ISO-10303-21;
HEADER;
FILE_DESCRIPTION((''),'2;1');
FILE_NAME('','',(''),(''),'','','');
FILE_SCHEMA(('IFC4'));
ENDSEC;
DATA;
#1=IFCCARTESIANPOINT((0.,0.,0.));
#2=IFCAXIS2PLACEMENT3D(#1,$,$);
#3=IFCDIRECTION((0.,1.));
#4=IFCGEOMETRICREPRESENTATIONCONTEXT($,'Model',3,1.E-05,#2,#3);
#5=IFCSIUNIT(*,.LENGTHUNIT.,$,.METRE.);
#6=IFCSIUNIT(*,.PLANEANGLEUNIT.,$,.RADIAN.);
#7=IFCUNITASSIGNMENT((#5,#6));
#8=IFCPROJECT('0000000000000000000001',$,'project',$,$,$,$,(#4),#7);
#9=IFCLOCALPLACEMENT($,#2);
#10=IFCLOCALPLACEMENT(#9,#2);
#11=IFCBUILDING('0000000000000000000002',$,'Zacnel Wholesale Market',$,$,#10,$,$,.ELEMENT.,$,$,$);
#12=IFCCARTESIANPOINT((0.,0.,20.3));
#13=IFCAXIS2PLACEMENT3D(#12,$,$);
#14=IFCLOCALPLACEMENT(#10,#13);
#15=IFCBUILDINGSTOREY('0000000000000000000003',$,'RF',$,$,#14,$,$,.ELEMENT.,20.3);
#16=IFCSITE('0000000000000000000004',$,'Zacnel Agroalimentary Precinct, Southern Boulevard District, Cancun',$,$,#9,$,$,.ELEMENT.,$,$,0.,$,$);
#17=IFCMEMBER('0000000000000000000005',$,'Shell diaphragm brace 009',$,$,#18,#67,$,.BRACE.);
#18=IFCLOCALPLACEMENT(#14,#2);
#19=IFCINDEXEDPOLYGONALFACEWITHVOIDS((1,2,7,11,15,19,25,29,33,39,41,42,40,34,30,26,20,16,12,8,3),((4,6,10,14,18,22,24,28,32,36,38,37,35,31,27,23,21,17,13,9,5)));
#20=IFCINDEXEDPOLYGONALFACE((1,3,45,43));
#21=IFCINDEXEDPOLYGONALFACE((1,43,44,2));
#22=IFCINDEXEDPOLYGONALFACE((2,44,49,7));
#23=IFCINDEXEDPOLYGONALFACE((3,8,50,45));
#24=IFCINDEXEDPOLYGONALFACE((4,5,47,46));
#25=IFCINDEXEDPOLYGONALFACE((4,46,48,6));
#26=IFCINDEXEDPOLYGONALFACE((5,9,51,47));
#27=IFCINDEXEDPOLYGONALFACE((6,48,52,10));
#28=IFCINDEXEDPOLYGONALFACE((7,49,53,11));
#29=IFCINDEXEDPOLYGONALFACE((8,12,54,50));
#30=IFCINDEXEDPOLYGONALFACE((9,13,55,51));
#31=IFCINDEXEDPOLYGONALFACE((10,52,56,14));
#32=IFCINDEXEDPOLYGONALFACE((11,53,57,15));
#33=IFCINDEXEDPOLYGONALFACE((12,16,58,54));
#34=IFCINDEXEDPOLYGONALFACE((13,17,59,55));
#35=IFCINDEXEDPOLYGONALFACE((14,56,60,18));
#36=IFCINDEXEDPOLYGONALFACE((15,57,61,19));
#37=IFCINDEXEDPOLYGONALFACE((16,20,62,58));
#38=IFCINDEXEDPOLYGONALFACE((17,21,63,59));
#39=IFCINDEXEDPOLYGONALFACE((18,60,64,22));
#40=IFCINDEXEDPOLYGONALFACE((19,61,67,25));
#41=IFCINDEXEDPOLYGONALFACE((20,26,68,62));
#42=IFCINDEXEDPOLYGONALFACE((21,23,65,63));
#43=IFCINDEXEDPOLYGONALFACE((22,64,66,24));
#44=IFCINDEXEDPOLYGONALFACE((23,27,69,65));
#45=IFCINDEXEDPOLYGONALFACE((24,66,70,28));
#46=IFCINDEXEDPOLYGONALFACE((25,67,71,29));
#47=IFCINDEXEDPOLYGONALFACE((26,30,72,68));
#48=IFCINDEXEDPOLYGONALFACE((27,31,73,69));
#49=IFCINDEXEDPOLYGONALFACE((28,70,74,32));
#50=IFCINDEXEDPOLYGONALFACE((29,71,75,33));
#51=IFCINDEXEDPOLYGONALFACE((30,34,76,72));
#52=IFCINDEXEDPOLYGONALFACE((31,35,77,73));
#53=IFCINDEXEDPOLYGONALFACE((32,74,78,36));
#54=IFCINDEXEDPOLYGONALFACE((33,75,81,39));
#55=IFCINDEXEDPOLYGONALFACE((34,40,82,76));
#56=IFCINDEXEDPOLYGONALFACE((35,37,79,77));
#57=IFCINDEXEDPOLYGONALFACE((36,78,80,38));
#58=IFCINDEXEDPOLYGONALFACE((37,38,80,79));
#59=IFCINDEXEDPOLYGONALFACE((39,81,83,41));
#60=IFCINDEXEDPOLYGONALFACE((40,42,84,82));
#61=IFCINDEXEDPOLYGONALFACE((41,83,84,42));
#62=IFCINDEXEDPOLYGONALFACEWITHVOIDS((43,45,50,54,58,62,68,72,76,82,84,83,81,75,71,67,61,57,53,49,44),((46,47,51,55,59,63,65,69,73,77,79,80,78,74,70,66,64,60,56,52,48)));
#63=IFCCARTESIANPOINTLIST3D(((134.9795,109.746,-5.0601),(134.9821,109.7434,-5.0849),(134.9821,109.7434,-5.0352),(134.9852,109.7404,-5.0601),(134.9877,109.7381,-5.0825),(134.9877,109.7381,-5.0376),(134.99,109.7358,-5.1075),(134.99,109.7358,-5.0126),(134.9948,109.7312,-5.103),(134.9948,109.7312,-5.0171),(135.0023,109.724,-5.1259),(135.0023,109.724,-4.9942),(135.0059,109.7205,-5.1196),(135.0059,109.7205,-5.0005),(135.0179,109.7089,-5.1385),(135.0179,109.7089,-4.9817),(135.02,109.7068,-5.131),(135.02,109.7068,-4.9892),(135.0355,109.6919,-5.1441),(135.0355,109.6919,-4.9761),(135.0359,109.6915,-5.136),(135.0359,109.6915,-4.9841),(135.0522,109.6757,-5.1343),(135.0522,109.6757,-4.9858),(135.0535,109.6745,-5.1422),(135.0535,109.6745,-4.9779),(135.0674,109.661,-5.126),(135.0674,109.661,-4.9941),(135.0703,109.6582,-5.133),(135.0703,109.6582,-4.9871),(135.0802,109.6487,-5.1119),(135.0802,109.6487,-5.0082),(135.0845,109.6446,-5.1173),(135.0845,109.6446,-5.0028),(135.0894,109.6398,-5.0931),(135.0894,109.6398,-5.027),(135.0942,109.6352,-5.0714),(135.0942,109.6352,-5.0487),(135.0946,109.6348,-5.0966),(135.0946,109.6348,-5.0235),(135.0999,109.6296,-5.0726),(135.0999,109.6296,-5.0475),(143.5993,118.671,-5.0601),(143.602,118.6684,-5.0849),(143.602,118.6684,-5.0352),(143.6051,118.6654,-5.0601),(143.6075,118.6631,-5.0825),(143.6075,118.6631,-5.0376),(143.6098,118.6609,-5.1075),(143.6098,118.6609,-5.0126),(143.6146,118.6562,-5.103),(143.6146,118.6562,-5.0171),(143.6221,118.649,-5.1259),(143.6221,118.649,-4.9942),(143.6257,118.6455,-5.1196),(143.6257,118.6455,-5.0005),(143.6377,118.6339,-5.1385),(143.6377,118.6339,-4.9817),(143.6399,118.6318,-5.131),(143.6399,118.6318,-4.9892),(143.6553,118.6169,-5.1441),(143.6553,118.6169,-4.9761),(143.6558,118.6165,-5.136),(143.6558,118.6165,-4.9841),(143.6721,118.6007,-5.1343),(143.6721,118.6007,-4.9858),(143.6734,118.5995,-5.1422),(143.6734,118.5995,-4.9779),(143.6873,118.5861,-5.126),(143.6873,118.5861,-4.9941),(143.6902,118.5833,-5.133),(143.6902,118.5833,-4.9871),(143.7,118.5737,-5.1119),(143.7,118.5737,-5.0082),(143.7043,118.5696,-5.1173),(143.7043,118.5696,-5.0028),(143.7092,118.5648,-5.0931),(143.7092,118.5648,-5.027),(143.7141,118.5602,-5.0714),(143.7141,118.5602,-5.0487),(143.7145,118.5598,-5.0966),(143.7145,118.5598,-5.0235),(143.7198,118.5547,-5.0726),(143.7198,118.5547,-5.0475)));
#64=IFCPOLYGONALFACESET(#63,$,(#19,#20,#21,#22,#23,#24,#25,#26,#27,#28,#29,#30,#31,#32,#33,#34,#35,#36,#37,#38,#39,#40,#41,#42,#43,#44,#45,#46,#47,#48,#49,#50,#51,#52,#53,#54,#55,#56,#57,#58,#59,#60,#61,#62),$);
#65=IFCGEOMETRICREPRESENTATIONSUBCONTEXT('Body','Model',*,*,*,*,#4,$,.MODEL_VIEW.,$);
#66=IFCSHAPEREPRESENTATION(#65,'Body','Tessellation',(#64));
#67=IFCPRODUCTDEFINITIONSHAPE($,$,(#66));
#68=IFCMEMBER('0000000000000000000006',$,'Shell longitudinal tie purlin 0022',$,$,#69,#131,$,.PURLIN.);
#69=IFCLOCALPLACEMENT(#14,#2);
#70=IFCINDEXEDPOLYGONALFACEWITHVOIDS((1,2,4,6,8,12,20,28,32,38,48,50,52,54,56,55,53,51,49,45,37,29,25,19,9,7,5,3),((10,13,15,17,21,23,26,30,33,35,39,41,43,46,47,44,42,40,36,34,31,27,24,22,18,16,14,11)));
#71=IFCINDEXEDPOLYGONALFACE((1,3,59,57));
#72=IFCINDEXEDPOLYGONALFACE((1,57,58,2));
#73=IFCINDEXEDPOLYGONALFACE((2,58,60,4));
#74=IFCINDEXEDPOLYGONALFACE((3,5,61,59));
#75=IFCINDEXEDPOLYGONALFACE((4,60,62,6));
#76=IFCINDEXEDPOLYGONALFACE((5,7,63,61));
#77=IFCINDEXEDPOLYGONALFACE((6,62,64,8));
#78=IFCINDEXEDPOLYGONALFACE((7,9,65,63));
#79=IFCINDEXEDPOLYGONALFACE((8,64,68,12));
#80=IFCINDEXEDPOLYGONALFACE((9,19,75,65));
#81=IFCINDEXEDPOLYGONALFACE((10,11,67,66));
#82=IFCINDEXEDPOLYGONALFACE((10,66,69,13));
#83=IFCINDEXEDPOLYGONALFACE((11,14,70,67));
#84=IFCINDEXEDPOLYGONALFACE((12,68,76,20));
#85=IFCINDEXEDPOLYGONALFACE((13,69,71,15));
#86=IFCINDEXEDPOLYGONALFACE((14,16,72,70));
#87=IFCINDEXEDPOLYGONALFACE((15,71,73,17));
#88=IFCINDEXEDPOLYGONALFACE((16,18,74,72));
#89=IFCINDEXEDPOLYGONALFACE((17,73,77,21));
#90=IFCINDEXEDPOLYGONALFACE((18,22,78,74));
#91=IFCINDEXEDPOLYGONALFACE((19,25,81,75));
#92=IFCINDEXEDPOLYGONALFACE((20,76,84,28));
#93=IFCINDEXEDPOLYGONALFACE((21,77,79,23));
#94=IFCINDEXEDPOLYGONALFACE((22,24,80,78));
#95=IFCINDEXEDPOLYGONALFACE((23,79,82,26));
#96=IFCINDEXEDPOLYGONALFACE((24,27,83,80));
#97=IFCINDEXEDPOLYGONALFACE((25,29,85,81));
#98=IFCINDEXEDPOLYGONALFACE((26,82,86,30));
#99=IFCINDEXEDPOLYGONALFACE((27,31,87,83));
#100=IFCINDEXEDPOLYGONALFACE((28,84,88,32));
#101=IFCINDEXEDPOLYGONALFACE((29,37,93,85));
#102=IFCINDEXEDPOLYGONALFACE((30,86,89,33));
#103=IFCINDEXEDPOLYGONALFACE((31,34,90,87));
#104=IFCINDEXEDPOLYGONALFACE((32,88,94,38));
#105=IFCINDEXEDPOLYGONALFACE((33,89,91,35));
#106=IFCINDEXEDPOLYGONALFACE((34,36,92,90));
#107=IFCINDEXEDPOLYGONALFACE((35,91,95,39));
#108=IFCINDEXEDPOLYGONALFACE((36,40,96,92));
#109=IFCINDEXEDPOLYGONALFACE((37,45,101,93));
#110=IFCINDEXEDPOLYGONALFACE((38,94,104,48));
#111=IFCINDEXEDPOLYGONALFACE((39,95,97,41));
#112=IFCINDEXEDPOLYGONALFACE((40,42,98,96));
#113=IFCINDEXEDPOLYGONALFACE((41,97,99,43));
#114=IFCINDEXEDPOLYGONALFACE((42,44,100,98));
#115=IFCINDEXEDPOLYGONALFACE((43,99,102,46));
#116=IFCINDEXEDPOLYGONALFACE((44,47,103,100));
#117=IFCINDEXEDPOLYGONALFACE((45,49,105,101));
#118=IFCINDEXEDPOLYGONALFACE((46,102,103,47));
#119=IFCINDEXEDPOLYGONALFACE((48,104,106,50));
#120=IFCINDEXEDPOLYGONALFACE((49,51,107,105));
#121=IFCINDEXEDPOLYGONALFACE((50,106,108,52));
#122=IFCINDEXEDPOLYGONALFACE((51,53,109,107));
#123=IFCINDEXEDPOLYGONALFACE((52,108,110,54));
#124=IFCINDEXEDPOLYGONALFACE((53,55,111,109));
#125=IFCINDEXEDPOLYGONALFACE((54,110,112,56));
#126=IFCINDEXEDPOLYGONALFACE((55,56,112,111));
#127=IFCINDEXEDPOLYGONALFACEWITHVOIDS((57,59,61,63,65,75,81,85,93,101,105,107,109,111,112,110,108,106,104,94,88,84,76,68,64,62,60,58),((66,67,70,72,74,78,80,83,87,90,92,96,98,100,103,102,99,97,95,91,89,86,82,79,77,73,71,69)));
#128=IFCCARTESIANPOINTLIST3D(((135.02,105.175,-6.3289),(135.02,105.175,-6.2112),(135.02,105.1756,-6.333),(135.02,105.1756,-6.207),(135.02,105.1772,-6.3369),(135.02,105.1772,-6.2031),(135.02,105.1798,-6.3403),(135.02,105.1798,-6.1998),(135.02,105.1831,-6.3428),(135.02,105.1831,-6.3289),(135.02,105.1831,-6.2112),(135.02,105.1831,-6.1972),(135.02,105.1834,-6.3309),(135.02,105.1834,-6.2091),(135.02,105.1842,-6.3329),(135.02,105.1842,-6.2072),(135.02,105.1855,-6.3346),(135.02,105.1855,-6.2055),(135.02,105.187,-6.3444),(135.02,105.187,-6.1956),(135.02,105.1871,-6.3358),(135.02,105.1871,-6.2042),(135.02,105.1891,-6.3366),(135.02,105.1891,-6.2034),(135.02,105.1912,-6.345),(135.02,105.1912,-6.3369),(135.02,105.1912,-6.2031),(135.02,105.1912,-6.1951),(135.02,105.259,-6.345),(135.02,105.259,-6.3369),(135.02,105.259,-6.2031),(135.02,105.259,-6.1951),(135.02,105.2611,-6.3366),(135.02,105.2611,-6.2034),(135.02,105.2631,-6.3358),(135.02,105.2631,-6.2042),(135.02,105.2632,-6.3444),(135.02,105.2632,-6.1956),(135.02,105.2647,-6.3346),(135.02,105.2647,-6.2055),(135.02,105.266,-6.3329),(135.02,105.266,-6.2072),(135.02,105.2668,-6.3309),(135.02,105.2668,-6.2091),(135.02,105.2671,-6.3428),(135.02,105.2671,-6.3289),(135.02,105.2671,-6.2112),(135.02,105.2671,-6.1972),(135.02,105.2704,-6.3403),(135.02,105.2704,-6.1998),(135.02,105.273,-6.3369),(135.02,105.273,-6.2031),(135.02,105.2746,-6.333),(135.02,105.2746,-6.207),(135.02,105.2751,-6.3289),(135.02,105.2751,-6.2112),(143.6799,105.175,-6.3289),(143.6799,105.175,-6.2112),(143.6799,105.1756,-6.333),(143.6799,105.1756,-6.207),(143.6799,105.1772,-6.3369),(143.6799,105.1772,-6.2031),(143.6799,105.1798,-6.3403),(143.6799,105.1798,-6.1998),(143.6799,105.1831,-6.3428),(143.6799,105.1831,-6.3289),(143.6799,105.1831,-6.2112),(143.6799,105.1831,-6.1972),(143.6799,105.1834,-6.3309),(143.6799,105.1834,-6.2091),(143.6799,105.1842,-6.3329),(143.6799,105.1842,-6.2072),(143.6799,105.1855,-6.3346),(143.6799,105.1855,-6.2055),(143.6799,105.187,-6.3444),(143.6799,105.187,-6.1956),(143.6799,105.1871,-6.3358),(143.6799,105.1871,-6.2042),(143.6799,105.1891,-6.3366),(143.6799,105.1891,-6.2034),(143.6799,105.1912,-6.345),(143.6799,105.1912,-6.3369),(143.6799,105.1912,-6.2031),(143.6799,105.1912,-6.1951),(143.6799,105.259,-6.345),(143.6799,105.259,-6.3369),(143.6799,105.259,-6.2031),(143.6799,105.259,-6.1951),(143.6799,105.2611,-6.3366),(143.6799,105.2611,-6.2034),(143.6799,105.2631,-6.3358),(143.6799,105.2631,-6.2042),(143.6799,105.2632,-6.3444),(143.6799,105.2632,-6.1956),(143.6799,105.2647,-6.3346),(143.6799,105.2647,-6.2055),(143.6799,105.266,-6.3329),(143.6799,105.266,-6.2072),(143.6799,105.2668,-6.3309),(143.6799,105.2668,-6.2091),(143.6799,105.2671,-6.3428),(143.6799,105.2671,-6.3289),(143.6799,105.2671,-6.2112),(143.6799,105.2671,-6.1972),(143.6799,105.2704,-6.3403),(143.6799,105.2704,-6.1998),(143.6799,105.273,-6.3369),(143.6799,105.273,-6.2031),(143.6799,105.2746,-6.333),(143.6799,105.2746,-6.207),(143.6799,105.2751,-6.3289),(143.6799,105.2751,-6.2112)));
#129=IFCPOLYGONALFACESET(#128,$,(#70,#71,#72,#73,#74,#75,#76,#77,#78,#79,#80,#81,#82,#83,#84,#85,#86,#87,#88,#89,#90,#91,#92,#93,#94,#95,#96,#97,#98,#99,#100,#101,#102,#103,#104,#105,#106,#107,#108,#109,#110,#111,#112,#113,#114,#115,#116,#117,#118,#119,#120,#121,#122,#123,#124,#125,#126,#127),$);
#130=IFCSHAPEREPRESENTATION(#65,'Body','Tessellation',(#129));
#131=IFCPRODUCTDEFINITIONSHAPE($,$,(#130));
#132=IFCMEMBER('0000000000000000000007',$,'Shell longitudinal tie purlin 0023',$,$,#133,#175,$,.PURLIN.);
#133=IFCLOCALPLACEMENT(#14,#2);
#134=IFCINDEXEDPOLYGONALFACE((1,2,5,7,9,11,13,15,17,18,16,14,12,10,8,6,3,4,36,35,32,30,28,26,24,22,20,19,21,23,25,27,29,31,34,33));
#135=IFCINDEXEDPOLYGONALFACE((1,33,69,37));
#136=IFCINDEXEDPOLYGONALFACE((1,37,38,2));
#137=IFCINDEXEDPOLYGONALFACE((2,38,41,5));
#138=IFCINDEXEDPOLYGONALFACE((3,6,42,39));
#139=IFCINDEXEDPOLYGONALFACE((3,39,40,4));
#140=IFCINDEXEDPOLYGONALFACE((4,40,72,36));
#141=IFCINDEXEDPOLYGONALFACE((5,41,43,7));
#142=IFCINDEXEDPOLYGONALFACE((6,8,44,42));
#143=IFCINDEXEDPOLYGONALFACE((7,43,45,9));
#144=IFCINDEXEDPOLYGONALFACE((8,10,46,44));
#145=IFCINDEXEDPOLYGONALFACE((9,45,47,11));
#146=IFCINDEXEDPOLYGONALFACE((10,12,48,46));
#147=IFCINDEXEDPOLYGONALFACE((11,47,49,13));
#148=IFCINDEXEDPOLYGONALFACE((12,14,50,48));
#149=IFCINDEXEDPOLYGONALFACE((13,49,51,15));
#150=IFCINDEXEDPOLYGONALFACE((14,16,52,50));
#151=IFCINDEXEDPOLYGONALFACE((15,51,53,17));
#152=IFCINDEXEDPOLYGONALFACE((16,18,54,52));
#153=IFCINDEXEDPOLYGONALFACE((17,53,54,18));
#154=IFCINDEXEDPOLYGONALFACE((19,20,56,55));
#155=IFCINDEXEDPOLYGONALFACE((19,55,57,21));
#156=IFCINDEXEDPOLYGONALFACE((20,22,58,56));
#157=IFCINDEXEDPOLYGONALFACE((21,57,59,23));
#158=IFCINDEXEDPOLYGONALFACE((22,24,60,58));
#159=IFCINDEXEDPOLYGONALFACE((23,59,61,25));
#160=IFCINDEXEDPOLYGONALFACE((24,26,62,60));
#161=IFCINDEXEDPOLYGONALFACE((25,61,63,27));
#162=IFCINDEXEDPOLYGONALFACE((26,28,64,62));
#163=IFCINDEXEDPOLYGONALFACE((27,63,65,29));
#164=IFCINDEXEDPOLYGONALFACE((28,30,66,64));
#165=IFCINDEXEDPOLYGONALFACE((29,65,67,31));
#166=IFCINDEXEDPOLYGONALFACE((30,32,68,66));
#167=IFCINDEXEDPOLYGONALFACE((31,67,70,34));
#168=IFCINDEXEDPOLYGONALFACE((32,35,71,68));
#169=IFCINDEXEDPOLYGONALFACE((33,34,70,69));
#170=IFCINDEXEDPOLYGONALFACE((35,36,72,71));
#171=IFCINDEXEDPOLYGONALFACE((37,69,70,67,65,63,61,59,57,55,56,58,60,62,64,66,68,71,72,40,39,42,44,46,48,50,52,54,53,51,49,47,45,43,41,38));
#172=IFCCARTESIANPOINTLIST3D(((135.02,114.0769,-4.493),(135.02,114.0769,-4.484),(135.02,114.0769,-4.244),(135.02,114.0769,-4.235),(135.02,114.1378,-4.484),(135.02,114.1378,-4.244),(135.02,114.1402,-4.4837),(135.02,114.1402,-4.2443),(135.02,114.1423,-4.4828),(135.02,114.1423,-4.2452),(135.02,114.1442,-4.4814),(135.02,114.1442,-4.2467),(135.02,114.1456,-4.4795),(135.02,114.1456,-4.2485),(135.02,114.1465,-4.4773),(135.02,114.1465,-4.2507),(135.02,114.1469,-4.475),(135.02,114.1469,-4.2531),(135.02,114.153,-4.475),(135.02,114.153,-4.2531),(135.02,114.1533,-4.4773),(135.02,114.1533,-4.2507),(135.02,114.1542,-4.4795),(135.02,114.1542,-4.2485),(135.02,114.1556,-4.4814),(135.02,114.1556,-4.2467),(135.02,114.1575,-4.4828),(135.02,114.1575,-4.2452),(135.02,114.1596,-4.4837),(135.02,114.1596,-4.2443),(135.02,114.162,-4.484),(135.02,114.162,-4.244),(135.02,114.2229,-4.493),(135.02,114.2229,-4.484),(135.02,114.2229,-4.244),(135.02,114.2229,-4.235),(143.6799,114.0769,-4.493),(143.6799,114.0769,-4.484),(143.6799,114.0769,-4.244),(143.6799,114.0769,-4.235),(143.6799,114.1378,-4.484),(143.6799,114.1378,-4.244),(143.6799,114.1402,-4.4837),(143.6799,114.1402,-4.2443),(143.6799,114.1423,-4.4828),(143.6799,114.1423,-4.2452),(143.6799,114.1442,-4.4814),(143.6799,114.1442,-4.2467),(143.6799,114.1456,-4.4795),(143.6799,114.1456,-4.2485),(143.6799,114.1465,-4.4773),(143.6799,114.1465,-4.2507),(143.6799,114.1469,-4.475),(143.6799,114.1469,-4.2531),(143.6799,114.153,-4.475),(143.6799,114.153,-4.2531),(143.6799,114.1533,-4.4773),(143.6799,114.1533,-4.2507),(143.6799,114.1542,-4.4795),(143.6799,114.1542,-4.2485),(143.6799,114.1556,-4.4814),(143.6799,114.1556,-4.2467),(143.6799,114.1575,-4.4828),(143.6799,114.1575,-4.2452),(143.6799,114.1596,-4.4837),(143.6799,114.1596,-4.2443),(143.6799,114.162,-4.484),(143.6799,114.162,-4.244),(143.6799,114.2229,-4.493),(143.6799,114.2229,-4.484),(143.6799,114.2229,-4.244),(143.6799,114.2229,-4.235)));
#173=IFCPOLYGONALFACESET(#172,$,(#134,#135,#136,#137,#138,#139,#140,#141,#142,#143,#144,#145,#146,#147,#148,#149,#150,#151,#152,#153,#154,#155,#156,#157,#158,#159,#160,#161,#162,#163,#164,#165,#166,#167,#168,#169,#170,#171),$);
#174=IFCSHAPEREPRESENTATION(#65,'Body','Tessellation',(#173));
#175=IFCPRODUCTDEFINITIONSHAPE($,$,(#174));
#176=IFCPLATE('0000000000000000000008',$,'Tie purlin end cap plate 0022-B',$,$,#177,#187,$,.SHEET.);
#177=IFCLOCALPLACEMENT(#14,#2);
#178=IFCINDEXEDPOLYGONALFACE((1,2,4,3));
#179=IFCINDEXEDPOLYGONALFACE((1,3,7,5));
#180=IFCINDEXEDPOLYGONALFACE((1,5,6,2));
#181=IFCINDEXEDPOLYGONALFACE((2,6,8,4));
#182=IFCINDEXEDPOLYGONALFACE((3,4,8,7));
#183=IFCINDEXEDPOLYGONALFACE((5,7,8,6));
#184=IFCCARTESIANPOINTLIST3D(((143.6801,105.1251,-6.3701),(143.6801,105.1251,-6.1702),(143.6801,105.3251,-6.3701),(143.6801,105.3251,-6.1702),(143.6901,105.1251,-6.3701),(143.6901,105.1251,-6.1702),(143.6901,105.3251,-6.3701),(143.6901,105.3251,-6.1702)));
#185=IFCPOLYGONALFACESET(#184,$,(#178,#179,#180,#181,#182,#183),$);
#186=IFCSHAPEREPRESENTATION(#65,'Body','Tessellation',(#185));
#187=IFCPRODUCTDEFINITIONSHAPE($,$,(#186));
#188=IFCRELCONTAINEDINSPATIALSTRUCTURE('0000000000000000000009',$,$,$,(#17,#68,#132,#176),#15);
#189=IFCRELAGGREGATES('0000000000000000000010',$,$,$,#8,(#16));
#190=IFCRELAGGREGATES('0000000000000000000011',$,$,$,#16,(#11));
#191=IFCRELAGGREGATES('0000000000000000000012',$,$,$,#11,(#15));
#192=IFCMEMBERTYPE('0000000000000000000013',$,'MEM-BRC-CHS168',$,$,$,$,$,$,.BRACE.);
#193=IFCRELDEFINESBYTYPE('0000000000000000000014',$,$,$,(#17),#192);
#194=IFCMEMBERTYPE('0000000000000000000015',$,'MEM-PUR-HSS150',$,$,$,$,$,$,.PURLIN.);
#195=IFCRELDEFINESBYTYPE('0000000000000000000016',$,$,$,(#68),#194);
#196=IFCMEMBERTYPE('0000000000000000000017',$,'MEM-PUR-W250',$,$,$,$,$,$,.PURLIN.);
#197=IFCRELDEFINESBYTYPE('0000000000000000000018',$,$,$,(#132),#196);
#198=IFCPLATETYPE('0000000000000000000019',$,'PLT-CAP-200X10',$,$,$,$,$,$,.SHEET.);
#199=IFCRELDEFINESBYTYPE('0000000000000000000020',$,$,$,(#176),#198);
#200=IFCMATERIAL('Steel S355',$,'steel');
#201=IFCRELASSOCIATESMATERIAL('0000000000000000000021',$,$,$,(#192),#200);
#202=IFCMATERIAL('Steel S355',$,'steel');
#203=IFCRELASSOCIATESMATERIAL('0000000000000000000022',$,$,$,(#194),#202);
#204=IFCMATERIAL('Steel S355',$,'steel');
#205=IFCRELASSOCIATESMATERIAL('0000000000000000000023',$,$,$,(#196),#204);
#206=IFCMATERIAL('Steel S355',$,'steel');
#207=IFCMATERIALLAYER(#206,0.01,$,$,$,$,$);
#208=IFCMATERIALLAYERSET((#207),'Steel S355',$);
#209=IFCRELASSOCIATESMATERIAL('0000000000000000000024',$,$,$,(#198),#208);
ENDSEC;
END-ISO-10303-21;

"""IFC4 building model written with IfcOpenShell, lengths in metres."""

from ifc_helpers import new_model, si_unit, direction, frame, origin, origin_2d, place, context, subcontext, project, spatial, rectangle, hollow_rectangle, hollow_circle, i_section, extrude, material, layer, layer_set, material_profile, profile_set, type_object, element, save


model = new_model("IFC4")

# Units and contexts
model_context = context("Model", 3, precision=1e-05, world=origin(), true_north=direction((0.0, 1.0)))
body_context = subcontext(model_context, "Body", "Model", "MODEL_VIEW")
ifc_project = project(units=[si_unit("LENGTHUNIT", "METRE"), si_unit("PLANEANGLEUNIT", "RADIAN")], contexts=[model_context])

# Site, building, storey
site_placement = place(None, origin())
site = spatial("IfcSite", under=ifc_project, at=site_placement, Name="Zacnel Agroalimentary Precinct, Southern Boulevard District, Cancun", CompositionType="ELEMENT", RefElevation=0.0)
building_placement = place(site_placement, origin())
building = spatial("IfcBuilding", under=site, at=building_placement, Name="Zacnel Wholesale Market", CompositionType="ELEMENT")
storey_placement = place(building_placement, frame((0.0, 0.0, 20.3)))
storey = spatial("IfcBuildingStorey", under=building, at=storey_placement, Name="RF", CompositionType="ELEMENT", Elevation=20.3)

# Members
ifc_material_1 = material(Name="Steel S355", Category="steel")
ifc_material_profile_1 = material_profile(ifc_material_1, hollow_circle(Radius=0.0842, WallThickness=0.0081, at=origin_2d()), Name="CHS 168.3x8")
ifc_profile_set_1 = profile_set([ifc_material_profile_1], Name="Steel S355")
member_type_1 = type_object("IfcMemberType", Name="MEM-BRC-CHS168", PredefinedType="BRACE", material=ifc_profile_set_1)
member_1_placement = place(storey_placement, frame((135.04, 109.6875, -5.0601), z_axis=(0.694702, 0.719297, 0.0), x_axis=(-0.719297, 0.694702, 0.0)))
element("IfcMember", 1, at=member_1_placement, inside=storey, type_object=member_type_1, Name="Shell diaphragm brace 009", PredefinedType="BRACE", context=body_context, shape_type="SweptSolid", body=[
    extrude(hollow_circle(Radius=0.0842, WallThickness=0.0081, at=origin_2d()), origin(), (0.0, 0.0, 1.0), 12.408),
])
ifc_material_2 = material(Name="Steel S355", Category="steel")
ifc_material_profile_2 = material_profile(ifc_material_2, hollow_rectangle(XDim=0.1001, YDim=0.1499, WallThickness=0.0081, InnerFilletRadius=0.0081, OuterFilletRadius=0.0161, at=origin_2d()), Name="HSS 150x100x8")
ifc_profile_set_2 = profile_set([ifc_material_profile_2], Name="Steel S355")
member_type_2 = type_object("IfcMemberType", Name="MEM-PUR-HSS150", PredefinedType="PURLIN", material=ifc_profile_set_2)
member_2_placement = place(storey_placement, frame((135.02, 105.2251, -6.27), z_axis=(1.0, 0.0, 0.0), x_axis=(0.0, 1.0, 0.0)))
element("IfcMember", 2, at=member_2_placement, inside=storey, type_object=member_type_2, Name="Shell longitudinal tie purlin 0022", PredefinedType="PURLIN", context=body_context, shape_type="SweptSolid", body=[
    extrude(hollow_rectangle(XDim=0.1001, YDim=0.1499, WallThickness=0.0081, InnerFilletRadius=0.0081, OuterFilletRadius=0.0161, at=origin_2d()), origin(), (0.0, 0.0, 1.0), 8.6599),
])
ifc_material_3 = material(Name="Steel S355", Category="steel")
ifc_material_profile_3 = material_profile(ifc_material_3, i_section(OverallWidth=0.146, OverallDepth=0.2581, WebThickness=0.0061, FlangeThickness=0.009, FilletRadius=0.009, at=origin_2d()), Name="W250X32.7")
ifc_profile_set_3 = profile_set([ifc_material_profile_3], Name="Steel S355")
member_type_3 = type_object("IfcMemberType", Name="MEM-PUR-W250", PredefinedType="PURLIN", material=ifc_profile_set_3)
member_3_placement = place(storey_placement, frame((135.02, 114.1499, -4.364), z_axis=(1.0, 0.0, 0.0), x_axis=(0.0, 1.0, 0.0)))
element("IfcMember", 3, at=member_3_placement, inside=storey, type_object=member_type_3, Name="Shell longitudinal tie purlin 0023", PredefinedType="PURLIN", context=body_context, shape_type="SweptSolid", body=[
    extrude(i_section(OverallWidth=0.146, OverallDepth=0.2581, WebThickness=0.0061, FlangeThickness=0.009, FilletRadius=0.009, at=origin_2d()), origin(), (0.0, 0.0, 1.0), 8.6599),
])

# Plate
ifc_material_4 = material(Name="Steel S355", Category="steel")
ifc_layer_1 = layer(ifc_material_4, 0.01)
ifc_layer_set_1 = layer_set([ifc_layer_1], Name="Steel S355")
plate_type_1 = type_object("IfcPlateType", Name="PLT-CAP-200X10", PredefinedType="SHEET", material=ifc_layer_set_1)
plate_1_placement = place(storey_placement, frame((143.6851, 105.2251, -6.3701), z_axis=(0.0, 0.0, 1.0), x_axis=(0.0, 1.0, 0.0)))
element("IfcPlate", 4, at=plate_1_placement, inside=storey, type_object=plate_type_1, Name="Tie purlin end cap plate 0022-B", PredefinedType="SHEET", context=body_context, shape_type="SweptSolid", body=[
    extrude(rectangle(XDim=0.2, YDim=0.01, at=origin_2d()), origin(), (0.0, 0.0, 1.0), 0.2),
])

save(model, "model.ifc")
